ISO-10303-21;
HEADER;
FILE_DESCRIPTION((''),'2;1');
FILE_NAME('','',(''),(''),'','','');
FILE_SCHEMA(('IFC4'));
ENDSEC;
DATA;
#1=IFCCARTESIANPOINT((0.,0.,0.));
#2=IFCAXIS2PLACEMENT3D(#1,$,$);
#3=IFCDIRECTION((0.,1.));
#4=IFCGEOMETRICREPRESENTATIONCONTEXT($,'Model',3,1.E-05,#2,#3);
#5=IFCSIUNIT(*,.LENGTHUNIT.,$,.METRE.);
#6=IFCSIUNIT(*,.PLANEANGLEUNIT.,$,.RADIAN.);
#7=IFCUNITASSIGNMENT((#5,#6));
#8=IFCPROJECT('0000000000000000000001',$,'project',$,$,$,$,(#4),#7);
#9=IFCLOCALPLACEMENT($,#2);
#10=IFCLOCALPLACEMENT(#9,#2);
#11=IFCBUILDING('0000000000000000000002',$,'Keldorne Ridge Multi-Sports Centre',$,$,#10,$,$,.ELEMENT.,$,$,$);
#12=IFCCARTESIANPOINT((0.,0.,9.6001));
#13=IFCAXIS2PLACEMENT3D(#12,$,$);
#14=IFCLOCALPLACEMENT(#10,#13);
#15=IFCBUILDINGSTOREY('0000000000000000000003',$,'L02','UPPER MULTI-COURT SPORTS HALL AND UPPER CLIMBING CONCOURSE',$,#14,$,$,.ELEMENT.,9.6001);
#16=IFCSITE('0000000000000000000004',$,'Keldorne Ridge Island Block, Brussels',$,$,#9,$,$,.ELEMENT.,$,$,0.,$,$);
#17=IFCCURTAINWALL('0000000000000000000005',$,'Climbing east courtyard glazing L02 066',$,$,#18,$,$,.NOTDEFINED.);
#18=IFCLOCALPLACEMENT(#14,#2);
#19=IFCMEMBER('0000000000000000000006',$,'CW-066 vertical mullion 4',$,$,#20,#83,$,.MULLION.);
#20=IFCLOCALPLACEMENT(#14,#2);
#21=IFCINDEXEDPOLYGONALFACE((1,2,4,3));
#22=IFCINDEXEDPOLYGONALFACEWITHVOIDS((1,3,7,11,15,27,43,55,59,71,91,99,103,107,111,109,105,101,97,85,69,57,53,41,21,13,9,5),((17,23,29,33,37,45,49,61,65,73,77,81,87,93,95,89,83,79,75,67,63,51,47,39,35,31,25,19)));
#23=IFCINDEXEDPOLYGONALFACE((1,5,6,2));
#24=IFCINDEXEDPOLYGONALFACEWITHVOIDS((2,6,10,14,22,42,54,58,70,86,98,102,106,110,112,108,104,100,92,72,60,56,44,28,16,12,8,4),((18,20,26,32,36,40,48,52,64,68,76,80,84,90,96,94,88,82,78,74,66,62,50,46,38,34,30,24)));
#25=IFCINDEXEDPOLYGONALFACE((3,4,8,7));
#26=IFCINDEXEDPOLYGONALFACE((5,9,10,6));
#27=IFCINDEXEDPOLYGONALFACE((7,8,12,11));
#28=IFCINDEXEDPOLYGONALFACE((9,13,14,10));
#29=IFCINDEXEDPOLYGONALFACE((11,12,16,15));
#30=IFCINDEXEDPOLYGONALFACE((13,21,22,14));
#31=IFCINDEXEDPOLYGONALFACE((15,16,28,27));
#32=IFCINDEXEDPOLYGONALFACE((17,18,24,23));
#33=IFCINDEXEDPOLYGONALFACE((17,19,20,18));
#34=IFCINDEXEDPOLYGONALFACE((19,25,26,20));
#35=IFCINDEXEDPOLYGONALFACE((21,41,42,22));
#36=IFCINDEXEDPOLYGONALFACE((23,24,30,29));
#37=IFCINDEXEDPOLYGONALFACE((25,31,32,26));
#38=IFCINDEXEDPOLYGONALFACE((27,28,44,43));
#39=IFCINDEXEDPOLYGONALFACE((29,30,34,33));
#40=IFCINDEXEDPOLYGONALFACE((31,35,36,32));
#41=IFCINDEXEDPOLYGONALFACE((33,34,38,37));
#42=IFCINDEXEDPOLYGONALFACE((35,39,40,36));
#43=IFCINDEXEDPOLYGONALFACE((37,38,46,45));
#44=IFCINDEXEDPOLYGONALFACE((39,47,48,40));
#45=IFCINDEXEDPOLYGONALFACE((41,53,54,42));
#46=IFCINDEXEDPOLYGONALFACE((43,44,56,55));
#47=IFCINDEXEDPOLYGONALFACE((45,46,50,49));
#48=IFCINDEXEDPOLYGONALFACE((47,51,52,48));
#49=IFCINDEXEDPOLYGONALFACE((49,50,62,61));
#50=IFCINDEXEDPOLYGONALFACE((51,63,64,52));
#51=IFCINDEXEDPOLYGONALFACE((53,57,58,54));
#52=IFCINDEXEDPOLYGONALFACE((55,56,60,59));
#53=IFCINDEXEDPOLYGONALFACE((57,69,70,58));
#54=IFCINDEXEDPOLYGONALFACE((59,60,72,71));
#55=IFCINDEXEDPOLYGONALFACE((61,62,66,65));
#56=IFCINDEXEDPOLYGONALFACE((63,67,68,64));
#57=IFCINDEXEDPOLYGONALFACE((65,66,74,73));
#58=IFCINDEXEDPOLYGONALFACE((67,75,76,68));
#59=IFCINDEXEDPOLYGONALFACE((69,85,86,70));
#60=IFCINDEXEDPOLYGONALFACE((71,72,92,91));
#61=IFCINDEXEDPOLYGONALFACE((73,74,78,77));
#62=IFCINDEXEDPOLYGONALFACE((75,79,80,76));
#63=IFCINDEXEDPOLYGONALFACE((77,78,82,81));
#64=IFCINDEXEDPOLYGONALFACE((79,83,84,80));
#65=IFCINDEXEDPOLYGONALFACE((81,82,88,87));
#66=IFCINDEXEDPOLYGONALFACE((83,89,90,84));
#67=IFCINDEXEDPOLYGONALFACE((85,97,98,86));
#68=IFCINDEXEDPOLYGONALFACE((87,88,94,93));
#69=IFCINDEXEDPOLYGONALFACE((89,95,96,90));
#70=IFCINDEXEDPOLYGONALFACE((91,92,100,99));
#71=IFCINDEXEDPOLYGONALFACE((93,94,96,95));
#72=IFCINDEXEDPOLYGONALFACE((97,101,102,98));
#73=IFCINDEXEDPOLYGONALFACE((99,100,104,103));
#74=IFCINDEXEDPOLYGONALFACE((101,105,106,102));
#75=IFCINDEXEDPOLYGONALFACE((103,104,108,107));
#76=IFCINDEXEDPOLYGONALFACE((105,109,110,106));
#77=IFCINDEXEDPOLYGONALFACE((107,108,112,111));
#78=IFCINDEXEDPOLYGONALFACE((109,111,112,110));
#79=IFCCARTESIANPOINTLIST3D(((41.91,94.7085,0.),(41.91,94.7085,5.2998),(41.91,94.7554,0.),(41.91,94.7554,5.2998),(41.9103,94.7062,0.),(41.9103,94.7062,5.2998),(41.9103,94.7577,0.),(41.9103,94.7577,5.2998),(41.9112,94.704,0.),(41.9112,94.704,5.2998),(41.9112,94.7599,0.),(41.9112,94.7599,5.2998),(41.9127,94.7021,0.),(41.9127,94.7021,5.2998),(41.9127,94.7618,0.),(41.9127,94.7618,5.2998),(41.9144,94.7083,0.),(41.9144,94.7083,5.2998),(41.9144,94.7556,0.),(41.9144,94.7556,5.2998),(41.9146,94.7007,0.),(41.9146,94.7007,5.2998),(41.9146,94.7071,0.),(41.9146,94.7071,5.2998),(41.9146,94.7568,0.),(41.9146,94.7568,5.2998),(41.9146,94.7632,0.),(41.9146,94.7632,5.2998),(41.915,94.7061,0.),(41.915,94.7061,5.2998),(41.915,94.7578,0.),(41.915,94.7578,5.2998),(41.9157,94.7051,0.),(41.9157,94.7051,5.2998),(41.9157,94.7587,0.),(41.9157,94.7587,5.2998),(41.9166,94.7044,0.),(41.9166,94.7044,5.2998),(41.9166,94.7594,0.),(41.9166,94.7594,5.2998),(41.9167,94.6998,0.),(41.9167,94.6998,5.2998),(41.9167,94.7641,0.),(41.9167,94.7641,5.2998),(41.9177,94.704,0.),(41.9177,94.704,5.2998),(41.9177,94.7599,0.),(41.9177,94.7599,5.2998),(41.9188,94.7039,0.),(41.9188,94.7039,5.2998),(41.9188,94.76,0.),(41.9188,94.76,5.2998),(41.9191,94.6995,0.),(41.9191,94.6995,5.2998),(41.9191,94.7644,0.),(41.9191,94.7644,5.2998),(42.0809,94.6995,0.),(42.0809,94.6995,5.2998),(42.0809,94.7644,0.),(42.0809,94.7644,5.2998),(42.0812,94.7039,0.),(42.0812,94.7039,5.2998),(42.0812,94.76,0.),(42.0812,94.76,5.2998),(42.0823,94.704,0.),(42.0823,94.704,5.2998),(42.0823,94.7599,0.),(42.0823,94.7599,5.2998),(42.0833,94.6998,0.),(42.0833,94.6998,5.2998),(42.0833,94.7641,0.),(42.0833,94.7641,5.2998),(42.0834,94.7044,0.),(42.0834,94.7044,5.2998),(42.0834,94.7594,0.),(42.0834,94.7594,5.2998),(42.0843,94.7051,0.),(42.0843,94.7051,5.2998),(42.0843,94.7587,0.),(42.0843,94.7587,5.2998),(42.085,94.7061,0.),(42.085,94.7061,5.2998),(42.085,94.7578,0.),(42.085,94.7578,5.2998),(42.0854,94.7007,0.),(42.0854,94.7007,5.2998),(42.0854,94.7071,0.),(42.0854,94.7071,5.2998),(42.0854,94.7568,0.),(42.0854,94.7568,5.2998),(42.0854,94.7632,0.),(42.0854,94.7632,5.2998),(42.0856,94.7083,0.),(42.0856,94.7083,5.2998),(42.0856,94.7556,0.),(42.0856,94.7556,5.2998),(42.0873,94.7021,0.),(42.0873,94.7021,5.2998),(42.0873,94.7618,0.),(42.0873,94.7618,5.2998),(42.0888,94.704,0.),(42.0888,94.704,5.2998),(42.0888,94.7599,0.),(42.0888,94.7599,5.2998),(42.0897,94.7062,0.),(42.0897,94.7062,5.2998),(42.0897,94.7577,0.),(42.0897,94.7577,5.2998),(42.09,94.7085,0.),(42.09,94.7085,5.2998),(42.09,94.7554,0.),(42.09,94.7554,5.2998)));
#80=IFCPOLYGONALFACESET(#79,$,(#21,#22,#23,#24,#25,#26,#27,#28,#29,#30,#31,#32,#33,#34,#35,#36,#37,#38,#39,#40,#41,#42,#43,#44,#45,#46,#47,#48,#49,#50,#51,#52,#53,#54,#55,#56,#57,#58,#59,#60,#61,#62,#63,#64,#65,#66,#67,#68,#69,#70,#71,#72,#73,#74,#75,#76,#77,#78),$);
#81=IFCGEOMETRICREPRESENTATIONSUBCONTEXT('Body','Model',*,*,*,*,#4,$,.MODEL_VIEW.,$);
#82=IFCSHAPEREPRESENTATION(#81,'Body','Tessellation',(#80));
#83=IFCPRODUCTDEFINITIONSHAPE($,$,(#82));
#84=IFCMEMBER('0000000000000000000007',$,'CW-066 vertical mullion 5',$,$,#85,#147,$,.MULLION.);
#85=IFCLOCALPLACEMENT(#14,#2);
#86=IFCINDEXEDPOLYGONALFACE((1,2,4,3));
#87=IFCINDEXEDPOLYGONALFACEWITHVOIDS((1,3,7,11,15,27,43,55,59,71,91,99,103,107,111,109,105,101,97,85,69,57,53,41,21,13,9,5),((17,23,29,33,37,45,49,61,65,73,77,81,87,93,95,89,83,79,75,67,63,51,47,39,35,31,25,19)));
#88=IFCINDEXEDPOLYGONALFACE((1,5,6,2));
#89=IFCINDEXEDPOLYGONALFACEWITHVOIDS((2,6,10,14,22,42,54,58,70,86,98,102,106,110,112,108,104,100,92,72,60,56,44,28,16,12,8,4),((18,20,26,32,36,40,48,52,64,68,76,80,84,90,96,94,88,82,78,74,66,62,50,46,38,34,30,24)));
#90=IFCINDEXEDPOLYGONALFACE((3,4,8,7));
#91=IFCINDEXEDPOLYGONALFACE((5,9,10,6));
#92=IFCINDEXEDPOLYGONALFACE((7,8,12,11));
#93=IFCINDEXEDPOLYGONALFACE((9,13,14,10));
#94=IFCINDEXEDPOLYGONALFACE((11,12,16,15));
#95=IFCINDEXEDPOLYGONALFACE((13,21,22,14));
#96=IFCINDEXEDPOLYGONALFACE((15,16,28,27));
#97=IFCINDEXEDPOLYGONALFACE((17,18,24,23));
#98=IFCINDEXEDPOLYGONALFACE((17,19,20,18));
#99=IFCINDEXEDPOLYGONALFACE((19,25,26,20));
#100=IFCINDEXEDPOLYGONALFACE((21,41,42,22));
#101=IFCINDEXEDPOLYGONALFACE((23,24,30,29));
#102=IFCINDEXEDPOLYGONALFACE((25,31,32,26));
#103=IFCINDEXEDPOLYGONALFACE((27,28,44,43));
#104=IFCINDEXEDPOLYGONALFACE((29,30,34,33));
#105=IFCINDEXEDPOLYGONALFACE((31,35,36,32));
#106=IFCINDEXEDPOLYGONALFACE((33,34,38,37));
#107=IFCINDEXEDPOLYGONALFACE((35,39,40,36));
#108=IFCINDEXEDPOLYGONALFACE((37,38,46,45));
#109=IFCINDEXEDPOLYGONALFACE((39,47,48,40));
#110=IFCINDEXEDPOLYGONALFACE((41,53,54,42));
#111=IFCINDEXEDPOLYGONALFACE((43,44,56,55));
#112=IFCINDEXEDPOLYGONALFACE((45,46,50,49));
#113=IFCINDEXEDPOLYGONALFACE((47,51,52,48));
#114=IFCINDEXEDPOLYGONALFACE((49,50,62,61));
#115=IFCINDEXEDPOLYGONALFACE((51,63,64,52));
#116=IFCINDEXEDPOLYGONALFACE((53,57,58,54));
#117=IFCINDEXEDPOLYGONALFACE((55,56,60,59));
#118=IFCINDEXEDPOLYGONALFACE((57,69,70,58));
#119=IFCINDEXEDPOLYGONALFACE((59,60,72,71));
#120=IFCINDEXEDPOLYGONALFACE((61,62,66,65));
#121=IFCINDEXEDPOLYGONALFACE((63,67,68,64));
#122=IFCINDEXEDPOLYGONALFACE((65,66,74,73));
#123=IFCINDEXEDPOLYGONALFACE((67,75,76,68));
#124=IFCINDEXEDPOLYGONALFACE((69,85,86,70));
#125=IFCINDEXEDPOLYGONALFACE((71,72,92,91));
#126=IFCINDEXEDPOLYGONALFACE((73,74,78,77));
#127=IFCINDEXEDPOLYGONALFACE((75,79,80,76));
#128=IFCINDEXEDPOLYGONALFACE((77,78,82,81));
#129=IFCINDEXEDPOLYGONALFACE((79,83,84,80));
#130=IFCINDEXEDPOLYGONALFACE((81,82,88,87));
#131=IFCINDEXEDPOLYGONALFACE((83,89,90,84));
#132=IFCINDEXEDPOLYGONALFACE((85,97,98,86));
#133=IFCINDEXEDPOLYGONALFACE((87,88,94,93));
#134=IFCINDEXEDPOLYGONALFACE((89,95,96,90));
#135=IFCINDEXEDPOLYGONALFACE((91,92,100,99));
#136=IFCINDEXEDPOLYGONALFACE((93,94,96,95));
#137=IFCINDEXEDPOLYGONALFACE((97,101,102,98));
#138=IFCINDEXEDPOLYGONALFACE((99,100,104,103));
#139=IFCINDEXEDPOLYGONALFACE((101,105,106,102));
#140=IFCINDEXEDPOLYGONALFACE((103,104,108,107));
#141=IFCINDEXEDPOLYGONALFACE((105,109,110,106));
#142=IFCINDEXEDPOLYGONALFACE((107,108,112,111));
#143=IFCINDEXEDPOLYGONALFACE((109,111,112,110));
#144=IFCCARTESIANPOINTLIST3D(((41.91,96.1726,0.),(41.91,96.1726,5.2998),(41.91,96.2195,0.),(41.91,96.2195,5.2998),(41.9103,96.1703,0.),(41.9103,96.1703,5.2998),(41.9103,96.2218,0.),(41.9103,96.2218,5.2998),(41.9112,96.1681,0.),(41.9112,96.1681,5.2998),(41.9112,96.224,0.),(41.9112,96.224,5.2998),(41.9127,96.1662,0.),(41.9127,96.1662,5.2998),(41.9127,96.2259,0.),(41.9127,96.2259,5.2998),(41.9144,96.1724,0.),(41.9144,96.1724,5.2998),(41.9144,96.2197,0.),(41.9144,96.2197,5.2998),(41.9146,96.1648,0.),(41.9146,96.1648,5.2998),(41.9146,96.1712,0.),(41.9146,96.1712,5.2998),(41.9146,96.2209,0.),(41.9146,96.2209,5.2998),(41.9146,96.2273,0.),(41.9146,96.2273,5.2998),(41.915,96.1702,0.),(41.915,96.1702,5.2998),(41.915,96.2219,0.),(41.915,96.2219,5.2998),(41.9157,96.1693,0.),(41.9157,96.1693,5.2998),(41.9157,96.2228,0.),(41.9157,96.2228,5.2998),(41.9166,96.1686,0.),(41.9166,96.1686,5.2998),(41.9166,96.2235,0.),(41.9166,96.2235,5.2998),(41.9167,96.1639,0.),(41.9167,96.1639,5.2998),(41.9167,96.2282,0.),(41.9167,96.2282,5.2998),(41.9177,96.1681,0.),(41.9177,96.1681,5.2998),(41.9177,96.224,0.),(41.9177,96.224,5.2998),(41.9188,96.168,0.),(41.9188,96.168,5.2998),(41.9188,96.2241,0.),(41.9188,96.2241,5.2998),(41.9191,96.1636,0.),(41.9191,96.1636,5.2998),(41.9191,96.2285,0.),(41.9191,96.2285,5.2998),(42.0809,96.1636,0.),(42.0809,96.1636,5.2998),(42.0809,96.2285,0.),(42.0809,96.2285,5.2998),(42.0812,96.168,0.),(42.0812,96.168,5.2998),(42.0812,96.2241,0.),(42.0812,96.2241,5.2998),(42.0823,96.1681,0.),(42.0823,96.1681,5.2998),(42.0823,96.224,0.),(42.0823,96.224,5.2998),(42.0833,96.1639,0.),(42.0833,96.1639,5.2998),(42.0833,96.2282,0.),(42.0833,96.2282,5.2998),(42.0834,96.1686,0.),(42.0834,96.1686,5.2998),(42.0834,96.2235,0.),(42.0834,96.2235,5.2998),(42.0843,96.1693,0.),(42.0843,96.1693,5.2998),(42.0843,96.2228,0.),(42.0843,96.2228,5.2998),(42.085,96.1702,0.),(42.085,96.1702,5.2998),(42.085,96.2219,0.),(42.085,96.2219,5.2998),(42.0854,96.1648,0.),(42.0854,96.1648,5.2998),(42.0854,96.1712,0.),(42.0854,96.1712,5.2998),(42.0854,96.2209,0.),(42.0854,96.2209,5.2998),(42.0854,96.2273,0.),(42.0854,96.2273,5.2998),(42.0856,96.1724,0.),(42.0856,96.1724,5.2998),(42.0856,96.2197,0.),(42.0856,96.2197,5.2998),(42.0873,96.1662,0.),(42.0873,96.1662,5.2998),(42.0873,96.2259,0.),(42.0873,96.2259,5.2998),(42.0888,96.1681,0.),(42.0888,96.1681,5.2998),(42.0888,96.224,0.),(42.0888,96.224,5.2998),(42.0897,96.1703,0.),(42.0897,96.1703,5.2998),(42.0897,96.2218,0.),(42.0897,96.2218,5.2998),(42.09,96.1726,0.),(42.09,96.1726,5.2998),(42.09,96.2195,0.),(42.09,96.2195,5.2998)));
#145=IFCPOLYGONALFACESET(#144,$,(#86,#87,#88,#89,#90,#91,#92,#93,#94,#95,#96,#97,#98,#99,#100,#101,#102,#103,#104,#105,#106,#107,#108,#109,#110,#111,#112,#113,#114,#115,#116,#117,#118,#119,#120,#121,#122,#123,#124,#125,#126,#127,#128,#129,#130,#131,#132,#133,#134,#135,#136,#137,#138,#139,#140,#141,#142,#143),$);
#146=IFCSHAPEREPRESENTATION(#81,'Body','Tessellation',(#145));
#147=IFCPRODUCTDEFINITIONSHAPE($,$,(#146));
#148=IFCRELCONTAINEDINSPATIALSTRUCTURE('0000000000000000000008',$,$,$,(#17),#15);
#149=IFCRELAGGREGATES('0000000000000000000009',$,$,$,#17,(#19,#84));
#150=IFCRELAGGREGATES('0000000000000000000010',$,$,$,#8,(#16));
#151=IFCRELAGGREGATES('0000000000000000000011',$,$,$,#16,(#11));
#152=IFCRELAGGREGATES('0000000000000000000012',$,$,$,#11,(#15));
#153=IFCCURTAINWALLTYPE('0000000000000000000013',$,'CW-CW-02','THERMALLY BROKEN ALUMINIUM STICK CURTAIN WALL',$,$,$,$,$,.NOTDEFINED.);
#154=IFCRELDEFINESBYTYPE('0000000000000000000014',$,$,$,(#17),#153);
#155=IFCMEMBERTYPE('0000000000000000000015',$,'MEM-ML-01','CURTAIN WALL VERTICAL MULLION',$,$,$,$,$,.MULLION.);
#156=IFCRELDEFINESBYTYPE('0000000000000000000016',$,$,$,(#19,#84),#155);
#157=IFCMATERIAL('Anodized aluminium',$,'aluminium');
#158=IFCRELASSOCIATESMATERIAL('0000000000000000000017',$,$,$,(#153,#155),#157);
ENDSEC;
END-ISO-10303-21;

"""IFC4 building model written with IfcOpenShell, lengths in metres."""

from ifc_helpers import new_model, si_unit, direction, frame, origin, origin_2d, place, context, subcontext, project, spatial, hollow_rectangle, extrude, material, material_profile, profile_set, type_object, element, aggregate, save


model = new_model("IFC4")

# Units and contexts
model_context = context("Model", 3, precision=1e-05, world=origin(), true_north=direction((0.0, 1.0)))
body_context = subcontext(model_context, "Body", "Model", "MODEL_VIEW")
ifc_project = project(units=[si_unit("LENGTHUNIT", "METRE"), si_unit("PLANEANGLEUNIT", "RADIAN")], contexts=[model_context])

# Site, building, storey
site_placement = place(None, origin())
site = spatial("IfcSite", under=ifc_project, at=site_placement, Name="Keldorne Ridge Island Block, Brussels", CompositionType="ELEMENT", RefElevation=0.0)
building_placement = place(site_placement, origin())
building = spatial("IfcBuilding", under=site, at=building_placement, Name="Keldorne Ridge Multi-Sports Centre", CompositionType="ELEMENT")
storey_placement = place(building_placement, frame((0.0, 0.0, 9.6001)))
storey = spatial("IfcBuildingStorey", under=building, at=storey_placement, Name="L02", Description="UPPER MULTI-COURT SPORTS HALL AND UPPER CLIMBING CONCOURSE", CompositionType="ELEMENT", Elevation=9.6001)

# Curtain wall, members
ifc_material_1 = material(Name="Anodized aluminium", Category="aluminium")
curtain_wall_type = type_object("IfcCurtainWallType", Name="CW-CW-02", Description="THERMALLY BROKEN ALUMINIUM STICK CURTAIN WALL", PredefinedType="NOTDEFINED", material=ifc_material_1)
curtain_wall_placement = place(storey_placement, origin())
curtain_wall = element("IfcCurtainWall", 1, at=curtain_wall_placement, inside=storey, type_object=curtain_wall_type, Name="Climbing east courtyard glazing L02 066", PredefinedType="NOTDEFINED")
ifc_material_profile_1 = material_profile(ifc_material_1, hollow_rectangle(XDim=0.0649, YDim=0.1799, WallThickness=0.0044, InnerFilletRadius=0.0044, OuterFilletRadius=0.009, at=origin_2d()), Name="ALU MULLION 180x65x4.5")
ifc_profile_set_1 = profile_set([ifc_material_profile_1], Name="Anodized aluminium")
member_type_1 = type_object("IfcMemberType", Name="MEM-ML-01", Description="CURTAIN WALL VERTICAL MULLION", PredefinedType="MULLION", material=ifc_profile_set_1)
member_1_placement = place(storey_placement, frame((42.0, 94.7319, 0.0), z_axis=(0.0, 0.0, 1.0), x_axis=(0.0, 1.0, 0.0)))
member_1 = element("IfcMember", 2, at=member_1_placement, type_object=member_type_1, Name="CW-066 vertical mullion 4", PredefinedType="MULLION", context=body_context, shape_type="SweptSolid", body=[
    extrude(hollow_rectangle(XDim=0.0649, YDim=0.1799, WallThickness=0.0044, InnerFilletRadius=0.0044, OuterFilletRadius=0.009, at=origin_2d()), origin(), (0.0, 0.0, 1.0), 5.2998),
])
member_2_placement = place(storey_placement, frame((42.0, 96.196, 0.0), z_axis=(0.0, 0.0, 1.0), x_axis=(0.0, 1.0, 0.0)))
member_2 = element("IfcMember", 3, at=member_2_placement, type_object=member_type_1, Name="CW-066 vertical mullion 5", PredefinedType="MULLION", context=body_context, shape_type="SweptSolid", body=[
    extrude(hollow_rectangle(XDim=0.0649, YDim=0.1799, WallThickness=0.0044, InnerFilletRadius=0.0044, OuterFilletRadius=0.009, at=origin_2d()), origin(), (0.0, 0.0, 1.0), 5.2998),
])
aggregate(curtain_wall, [member_1, member_2])

save(model, "model.ifc")
